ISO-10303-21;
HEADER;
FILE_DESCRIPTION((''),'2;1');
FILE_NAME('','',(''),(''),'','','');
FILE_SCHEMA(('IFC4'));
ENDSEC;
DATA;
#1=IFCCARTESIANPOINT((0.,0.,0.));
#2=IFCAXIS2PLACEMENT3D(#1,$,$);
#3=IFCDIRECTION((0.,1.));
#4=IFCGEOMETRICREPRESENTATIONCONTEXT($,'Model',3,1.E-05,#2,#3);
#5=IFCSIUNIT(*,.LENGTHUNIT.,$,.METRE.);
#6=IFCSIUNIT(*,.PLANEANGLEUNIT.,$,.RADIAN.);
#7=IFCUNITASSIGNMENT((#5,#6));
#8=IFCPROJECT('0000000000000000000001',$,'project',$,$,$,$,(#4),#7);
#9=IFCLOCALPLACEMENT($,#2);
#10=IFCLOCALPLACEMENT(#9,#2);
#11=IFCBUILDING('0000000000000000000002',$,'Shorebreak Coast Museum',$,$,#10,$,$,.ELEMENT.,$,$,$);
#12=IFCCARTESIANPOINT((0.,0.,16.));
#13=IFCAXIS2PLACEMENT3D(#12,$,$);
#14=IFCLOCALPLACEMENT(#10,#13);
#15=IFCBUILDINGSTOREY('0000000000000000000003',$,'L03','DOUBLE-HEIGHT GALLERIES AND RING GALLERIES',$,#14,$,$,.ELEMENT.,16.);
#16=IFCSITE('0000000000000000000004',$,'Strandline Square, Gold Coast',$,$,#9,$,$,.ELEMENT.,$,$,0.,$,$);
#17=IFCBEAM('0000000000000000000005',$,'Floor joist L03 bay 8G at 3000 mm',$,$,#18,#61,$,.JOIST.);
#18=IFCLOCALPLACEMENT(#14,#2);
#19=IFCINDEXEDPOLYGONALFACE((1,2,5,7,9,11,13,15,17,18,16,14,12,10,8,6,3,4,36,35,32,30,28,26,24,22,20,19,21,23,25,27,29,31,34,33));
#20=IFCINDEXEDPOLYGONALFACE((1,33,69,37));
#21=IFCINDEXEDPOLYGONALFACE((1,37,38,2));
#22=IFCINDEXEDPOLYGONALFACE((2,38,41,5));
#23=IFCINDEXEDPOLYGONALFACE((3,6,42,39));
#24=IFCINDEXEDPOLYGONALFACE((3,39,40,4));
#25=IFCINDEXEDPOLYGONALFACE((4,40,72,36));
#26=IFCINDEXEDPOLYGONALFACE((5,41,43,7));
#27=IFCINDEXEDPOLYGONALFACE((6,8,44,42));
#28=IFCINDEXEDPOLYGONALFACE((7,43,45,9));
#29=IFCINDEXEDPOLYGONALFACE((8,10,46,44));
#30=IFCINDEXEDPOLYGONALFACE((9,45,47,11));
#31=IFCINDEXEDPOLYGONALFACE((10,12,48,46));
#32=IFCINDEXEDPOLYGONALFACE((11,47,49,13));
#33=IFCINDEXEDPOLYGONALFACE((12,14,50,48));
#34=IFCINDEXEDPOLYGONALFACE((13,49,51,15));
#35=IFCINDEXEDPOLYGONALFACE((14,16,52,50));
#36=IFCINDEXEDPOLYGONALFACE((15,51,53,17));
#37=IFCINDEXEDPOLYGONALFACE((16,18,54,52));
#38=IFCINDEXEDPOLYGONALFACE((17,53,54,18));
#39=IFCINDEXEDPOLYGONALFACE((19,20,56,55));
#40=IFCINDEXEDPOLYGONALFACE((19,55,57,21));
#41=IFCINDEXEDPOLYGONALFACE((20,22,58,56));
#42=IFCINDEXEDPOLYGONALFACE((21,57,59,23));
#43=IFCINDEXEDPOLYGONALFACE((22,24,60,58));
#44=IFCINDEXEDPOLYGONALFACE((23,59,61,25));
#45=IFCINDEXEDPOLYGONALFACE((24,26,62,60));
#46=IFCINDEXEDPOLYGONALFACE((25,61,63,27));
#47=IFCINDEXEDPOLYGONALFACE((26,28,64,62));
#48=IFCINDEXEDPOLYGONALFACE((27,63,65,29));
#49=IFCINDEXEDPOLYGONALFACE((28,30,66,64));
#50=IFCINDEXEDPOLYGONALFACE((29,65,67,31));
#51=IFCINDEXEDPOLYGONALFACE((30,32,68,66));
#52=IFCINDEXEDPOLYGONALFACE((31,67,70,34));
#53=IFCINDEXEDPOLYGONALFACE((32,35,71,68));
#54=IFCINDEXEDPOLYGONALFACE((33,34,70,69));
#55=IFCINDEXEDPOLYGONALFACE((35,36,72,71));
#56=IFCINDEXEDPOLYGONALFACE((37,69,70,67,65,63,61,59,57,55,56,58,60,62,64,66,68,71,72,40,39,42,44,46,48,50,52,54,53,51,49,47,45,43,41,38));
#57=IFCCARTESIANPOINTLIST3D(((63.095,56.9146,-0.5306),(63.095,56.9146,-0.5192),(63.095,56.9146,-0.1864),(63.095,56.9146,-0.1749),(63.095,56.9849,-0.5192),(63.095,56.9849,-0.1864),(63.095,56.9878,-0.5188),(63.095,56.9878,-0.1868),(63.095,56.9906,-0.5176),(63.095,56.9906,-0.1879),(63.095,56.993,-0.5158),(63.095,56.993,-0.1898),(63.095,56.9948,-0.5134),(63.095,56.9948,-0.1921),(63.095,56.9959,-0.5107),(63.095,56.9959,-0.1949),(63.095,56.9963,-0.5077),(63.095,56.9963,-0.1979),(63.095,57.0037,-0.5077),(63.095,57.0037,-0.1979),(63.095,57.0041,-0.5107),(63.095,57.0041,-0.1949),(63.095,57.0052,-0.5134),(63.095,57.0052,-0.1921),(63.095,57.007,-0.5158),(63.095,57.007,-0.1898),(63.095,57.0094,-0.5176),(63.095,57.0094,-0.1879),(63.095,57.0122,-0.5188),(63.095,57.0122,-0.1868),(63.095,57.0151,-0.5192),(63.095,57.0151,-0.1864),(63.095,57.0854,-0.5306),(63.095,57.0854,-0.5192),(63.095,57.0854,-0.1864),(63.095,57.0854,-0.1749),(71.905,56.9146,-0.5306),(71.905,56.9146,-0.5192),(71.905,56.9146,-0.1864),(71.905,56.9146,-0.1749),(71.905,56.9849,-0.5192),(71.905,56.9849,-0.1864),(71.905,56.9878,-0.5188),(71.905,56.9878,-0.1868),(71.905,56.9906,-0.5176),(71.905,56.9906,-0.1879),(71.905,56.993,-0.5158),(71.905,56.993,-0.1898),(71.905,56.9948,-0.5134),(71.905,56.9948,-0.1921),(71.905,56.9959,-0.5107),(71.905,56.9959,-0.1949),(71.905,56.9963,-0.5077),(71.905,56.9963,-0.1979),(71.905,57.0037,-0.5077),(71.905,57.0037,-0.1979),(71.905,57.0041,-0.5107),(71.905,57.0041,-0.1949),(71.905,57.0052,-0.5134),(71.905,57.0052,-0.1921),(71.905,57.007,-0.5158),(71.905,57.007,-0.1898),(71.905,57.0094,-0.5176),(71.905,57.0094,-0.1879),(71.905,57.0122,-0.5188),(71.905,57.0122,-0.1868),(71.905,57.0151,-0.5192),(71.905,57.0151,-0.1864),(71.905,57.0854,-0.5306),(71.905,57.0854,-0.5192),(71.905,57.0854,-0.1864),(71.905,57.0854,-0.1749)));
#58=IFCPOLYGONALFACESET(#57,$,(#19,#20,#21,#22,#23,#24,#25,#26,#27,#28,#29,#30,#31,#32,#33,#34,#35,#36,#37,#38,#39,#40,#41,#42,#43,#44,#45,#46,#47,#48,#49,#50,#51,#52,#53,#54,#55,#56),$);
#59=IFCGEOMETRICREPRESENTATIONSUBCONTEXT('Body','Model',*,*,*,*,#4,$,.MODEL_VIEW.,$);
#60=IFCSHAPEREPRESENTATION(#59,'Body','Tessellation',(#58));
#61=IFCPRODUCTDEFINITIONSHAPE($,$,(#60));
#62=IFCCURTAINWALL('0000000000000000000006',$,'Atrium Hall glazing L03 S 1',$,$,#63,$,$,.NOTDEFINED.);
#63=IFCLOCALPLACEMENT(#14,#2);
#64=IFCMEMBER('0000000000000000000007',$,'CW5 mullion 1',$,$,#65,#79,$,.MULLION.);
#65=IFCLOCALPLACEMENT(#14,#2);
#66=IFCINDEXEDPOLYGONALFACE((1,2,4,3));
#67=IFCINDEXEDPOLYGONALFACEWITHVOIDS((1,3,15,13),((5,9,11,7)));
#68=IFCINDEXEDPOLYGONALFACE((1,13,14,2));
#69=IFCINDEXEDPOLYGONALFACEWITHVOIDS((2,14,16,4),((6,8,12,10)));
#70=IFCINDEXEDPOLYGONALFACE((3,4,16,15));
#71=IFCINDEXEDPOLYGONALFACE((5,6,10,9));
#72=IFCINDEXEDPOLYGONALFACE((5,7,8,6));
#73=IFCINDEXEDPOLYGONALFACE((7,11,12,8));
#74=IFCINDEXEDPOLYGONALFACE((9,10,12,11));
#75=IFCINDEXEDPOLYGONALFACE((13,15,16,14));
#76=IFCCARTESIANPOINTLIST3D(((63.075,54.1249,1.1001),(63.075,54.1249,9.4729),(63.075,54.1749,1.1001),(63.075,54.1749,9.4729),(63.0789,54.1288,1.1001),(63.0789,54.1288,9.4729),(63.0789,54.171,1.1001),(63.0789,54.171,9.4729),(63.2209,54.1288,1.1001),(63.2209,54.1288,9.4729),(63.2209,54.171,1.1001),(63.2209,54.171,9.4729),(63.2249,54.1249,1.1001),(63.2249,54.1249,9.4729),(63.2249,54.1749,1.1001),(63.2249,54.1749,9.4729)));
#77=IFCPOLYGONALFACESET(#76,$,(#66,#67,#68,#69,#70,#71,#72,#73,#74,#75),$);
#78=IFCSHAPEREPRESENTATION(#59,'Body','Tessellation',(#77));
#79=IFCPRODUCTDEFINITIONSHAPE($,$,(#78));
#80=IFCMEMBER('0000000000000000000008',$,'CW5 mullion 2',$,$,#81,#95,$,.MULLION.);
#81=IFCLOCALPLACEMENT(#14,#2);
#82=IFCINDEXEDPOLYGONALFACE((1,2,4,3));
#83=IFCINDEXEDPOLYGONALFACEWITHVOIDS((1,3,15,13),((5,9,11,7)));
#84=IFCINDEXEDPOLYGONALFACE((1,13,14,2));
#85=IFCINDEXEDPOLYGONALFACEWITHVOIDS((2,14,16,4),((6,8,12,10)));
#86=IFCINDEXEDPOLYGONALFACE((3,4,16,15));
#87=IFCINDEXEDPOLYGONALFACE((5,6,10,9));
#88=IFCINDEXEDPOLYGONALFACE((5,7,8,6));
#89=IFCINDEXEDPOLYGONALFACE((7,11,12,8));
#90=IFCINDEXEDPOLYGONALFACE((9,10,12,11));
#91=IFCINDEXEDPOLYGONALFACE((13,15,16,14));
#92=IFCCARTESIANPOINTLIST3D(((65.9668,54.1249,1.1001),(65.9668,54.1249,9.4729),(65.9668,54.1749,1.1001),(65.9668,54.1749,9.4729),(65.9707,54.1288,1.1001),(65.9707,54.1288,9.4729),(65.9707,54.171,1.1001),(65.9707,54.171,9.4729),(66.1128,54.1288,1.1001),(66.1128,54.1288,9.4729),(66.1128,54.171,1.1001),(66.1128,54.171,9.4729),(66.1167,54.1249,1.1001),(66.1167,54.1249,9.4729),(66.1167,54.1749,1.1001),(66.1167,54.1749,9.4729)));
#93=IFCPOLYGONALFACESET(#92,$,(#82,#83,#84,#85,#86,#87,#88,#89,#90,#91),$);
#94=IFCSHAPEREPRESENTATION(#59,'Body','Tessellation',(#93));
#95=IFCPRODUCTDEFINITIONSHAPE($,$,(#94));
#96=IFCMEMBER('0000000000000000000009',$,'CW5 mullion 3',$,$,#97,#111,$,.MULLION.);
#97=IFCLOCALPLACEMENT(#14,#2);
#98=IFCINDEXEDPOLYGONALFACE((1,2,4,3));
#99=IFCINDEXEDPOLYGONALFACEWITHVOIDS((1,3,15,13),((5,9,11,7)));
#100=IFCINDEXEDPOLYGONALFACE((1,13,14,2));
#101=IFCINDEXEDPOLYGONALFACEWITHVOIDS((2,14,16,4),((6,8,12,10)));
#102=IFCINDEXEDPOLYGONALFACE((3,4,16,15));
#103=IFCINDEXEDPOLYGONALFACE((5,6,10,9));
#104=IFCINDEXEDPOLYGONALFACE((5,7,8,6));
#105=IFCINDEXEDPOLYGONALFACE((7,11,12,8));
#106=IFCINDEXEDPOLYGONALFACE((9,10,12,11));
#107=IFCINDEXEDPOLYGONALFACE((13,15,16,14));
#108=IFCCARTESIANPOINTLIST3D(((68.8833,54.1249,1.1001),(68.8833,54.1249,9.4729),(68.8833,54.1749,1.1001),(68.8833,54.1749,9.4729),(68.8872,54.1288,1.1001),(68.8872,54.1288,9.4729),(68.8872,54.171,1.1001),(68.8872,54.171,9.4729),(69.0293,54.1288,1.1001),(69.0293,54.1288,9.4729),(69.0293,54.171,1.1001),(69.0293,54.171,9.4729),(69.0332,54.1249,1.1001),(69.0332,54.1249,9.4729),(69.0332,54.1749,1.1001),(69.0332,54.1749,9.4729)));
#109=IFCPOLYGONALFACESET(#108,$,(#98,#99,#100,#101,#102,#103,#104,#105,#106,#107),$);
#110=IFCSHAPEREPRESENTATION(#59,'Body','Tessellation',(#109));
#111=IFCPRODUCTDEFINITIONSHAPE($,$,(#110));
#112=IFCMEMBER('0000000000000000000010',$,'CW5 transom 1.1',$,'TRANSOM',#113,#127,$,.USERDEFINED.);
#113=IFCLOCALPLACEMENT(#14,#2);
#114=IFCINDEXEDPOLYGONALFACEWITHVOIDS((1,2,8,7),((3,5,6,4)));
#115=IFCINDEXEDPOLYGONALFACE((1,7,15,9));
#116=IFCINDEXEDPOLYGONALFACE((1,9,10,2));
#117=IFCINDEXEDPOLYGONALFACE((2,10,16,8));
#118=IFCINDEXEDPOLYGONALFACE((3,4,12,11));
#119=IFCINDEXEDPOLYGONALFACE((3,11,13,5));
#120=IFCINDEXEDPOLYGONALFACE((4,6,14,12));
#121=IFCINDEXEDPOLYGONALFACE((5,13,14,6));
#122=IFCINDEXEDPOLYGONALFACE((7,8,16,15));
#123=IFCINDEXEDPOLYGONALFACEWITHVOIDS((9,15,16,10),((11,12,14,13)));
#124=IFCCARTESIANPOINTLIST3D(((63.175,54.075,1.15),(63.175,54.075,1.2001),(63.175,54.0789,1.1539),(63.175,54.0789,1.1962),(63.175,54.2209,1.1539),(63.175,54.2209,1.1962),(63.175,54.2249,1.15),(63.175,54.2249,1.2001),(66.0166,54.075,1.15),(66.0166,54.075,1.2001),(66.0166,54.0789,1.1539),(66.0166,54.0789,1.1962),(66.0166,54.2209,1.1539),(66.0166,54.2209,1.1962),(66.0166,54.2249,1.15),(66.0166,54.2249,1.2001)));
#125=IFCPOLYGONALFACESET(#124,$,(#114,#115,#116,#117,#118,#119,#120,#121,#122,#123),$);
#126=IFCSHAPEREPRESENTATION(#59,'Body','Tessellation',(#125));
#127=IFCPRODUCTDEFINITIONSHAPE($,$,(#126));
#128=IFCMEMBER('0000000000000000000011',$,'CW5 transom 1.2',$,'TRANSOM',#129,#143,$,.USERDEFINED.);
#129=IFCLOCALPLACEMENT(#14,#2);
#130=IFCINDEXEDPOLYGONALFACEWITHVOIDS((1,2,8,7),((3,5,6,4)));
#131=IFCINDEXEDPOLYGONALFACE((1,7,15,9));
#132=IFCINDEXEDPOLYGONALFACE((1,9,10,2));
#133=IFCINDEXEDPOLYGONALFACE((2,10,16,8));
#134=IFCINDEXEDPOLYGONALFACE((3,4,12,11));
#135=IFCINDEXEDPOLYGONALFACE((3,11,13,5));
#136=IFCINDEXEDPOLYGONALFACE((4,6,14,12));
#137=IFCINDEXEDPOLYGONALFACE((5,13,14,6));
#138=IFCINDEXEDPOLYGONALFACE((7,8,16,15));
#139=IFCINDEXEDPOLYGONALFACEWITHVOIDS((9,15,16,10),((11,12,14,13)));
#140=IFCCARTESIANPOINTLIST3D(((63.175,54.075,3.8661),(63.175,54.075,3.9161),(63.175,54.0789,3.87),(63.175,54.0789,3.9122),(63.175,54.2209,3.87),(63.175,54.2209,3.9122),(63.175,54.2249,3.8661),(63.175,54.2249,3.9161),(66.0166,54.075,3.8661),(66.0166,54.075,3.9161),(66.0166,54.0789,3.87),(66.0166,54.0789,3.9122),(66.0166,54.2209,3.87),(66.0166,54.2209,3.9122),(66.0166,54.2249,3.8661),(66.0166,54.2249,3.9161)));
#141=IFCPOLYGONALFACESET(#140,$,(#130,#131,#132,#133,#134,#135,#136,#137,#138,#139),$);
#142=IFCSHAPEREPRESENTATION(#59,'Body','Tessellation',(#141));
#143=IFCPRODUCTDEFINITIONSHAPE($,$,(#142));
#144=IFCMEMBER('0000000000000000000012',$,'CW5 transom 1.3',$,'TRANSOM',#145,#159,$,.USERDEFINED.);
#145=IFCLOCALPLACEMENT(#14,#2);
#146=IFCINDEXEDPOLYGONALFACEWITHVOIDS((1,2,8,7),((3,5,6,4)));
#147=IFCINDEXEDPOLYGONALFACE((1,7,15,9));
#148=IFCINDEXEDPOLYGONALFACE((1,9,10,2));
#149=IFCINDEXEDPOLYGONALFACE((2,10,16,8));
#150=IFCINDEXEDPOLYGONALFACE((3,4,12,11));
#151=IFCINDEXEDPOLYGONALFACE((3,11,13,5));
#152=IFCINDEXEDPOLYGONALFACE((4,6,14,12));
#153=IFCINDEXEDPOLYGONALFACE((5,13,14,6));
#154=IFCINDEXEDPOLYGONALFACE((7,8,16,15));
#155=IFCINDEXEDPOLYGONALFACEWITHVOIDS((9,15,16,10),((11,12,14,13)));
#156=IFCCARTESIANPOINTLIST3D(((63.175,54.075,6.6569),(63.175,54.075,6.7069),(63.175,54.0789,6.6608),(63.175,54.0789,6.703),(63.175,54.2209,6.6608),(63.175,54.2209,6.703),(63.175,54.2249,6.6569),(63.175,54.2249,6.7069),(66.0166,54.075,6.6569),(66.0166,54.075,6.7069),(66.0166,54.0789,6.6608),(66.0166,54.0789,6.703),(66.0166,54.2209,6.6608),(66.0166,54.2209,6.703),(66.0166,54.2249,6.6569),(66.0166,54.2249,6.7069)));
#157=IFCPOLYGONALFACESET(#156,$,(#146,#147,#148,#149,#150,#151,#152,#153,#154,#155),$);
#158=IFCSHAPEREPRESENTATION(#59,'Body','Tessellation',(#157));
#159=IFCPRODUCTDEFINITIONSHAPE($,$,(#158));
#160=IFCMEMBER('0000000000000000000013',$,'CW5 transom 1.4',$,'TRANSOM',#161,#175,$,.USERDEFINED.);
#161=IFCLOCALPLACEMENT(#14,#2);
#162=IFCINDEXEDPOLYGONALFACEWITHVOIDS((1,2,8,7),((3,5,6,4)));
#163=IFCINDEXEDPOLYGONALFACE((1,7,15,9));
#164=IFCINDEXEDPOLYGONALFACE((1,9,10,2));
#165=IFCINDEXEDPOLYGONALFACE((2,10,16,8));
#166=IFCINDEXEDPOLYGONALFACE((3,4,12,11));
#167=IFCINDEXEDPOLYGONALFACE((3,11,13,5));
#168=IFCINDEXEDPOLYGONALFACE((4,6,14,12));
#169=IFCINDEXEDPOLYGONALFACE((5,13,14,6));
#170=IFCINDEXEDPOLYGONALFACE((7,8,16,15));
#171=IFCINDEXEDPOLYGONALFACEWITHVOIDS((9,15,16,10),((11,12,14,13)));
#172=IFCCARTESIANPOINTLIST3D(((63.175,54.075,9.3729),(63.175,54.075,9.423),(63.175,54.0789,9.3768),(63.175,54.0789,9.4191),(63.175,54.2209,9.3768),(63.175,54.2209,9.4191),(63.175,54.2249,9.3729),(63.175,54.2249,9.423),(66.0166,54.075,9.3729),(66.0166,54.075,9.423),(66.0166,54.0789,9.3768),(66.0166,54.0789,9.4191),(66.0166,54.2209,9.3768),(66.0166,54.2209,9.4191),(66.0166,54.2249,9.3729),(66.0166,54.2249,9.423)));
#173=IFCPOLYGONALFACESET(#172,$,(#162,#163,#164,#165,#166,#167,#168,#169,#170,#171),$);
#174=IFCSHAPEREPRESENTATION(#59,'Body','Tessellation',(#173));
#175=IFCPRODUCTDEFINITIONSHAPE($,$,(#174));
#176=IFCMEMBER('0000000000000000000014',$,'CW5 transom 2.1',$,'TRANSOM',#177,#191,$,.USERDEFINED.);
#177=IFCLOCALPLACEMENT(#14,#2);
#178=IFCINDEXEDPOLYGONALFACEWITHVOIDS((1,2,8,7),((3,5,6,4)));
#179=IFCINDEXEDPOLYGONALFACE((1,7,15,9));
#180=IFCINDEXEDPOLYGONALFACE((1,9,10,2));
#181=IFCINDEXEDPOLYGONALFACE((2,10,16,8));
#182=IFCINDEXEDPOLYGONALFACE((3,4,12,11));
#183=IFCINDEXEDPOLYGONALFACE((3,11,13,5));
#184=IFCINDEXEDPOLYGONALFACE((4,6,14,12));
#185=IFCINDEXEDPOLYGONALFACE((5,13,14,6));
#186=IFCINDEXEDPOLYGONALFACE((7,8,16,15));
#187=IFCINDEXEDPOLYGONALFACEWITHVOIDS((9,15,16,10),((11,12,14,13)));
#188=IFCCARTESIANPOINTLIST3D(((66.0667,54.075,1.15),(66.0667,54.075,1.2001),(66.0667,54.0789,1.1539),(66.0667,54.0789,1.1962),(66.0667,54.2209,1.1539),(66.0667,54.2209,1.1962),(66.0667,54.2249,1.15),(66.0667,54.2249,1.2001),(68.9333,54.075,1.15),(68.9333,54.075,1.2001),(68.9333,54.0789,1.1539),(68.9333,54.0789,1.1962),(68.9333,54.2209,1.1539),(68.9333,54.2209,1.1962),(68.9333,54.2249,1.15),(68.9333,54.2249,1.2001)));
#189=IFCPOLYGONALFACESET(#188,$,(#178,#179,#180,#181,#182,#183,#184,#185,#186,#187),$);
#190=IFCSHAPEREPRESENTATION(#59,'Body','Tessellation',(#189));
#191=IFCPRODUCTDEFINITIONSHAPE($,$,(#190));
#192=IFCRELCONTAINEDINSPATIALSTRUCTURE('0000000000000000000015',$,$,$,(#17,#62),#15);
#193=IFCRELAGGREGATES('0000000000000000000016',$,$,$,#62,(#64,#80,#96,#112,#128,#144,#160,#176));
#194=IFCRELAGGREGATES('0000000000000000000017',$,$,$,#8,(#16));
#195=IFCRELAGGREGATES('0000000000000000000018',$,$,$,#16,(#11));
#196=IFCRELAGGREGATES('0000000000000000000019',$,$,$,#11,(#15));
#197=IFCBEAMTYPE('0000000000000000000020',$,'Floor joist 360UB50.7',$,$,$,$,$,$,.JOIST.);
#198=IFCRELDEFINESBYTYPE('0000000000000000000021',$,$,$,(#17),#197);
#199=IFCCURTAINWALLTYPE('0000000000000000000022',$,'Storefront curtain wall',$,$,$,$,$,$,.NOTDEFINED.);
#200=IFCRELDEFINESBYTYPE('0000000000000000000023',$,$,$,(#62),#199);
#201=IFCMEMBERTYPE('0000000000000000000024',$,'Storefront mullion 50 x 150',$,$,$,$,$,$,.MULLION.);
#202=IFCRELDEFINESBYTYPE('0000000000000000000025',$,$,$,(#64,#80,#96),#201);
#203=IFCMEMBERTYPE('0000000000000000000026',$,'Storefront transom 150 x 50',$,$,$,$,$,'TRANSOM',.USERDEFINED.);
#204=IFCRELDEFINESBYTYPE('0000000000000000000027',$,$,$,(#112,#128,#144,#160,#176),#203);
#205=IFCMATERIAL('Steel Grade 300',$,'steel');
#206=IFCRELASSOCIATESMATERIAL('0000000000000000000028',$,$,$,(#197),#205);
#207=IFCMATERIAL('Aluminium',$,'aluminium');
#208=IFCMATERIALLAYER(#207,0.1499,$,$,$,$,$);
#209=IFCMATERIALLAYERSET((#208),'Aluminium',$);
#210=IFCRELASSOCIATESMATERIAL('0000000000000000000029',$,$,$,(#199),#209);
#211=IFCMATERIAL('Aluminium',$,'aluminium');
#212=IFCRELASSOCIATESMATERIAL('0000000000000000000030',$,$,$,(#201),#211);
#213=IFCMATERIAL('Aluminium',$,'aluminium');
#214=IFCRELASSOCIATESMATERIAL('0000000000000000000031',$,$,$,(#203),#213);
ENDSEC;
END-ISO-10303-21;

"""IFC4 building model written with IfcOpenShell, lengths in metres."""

from ifc_helpers import new_model, si_unit, direction, frame, origin, origin_2d, place, context, subcontext, project, spatial, hollow_rectangle, i_section, extrude, material, layer, layer_set, material_profile, profile_set, type_object, element, aggregate, save


model = new_model("IFC4")

# Units and contexts
model_context = context("Model", 3, precision=1e-05, world=origin(), true_north=direction((0.0, 1.0)))
body_context = subcontext(model_context, "Body", "Model", "MODEL_VIEW")
ifc_project = project(units=[si_unit("LENGTHUNIT", "METRE"), si_unit("PLANEANGLEUNIT", "RADIAN")], contexts=[model_context])

# Site, building, storey
site_placement = place(None, origin())
site = spatial("IfcSite", under=ifc_project, at=site_placement, Name="Strandline Square, Gold Coast", CompositionType="ELEMENT", RefElevation=0.0)
building_placement = place(site_placement, origin())
building = spatial("IfcBuilding", under=site, at=building_placement, Name="Shorebreak Coast Museum", CompositionType="ELEMENT")
storey_placement = place(building_placement, frame((0.0, 0.0, 16.0)))
storey = spatial("IfcBuildingStorey", under=building, at=storey_placement, Name="L03", Description="DOUBLE-HEIGHT GALLERIES AND RING GALLERIES", CompositionType="ELEMENT", Elevation=16.0)

# Beam
ifc_material_1 = material(Name="Steel Grade 300", Category="steel")
ifc_material_profile_1 = material_profile(ifc_material_1, i_section(OverallWidth=0.1709, OverallDepth=0.3557, WebThickness=0.0073, FlangeThickness=0.0115, FilletRadius=0.0115, at=origin_2d()), Name="360UB50.7")
ifc_profile_set_1 = profile_set([ifc_material_profile_1], Name="Steel Grade 300")
beam_type_1 = type_object("IfcBeamType", Name="Floor joist 360UB50.7", PredefinedType="JOIST", material=ifc_profile_set_1)
beam_1_placement = place(storey_placement, frame((63.095, 57.0, -0.3528), z_axis=(1.0, 0.0, 0.0), x_axis=(0.0, 1.0, 0.0)))
element("IfcBeam", 1, at=beam_1_placement, inside=storey, type_object=beam_type_1, Name="Floor joist L03 bay 8G at 3000 mm", PredefinedType="JOIST", context=body_context, shape_type="SweptSolid", body=[
    extrude(i_section(OverallWidth=0.1709, OverallDepth=0.3557, WebThickness=0.0073, FlangeThickness=0.0115, FilletRadius=0.0115, at=origin_2d()), origin(), (0.0, 0.0, 1.0), 8.8101),
])

# Curtain wall, members
ifc_material_2 = material(Name="Aluminium", Category="aluminium")
ifc_layer_1 = layer(ifc_material_2, 0.1499)
ifc_layer_set_1 = layer_set([ifc_layer_1], Name="Aluminium")
curtain_wall_type = type_object("IfcCurtainWallType", Name="Storefront curtain wall", PredefinedType="NOTDEFINED", material=ifc_layer_set_1)
curtain_wall_placement = place(storey_placement, origin())
curtain_wall = element("IfcCurtainWall", 2, at=curtain_wall_placement, inside=storey, type_object=curtain_wall_type, Name="Atrium Hall glazing L03 S 1", PredefinedType="NOTDEFINED")
ifc_material_3 = material(Name="Aluminium", Category="aluminium")
ifc_material_profile_2 = material_profile(ifc_material_3, hollow_rectangle(XDim=0.05, YDim=0.1499, WallThickness=0.0039, at=origin_2d()), Name="AL 150x50 RHS")
ifc_profile_set_2 = profile_set([ifc_material_profile_2], Name="Aluminium")
member_type_1 = type_object("IfcMemberType", Name="Storefront mullion 50 x 150", PredefinedType="MULLION", material=ifc_profile_set_2)
member_1_placement = place(storey_placement, frame((63.1499, 54.1499, 1.1001), z_axis=(0.0, 0.0, 1.0), x_axis=(0.0, 1.0, 0.0)))
member_1 = element("IfcMember", 3, at=member_1_placement, type_object=member_type_1, Name="CW5 mullion 1", PredefinedType="MULLION", context=body_context, shape_type="SweptSolid", body=[
    extrude(hollow_rectangle(XDim=0.05, YDim=0.1499, WallThickness=0.0039, at=origin_2d()), origin(), (0.0, 0.0, 1.0), 8.3728),
])
member_2_placement = place(storey_placement, frame((66.0417, 54.1499, 1.1001), z_axis=(0.0, 0.0, 1.0), x_axis=(0.0, 1.0, 0.0)))
member_2 = element("IfcMember", 4, at=member_2_placement, type_object=member_type_1, Name="CW5 mullion 2", PredefinedType="MULLION", context=body_context, shape_type="SweptSolid", body=[
    extrude(hollow_rectangle(XDim=0.05, YDim=0.1499, WallThickness=0.0039, at=origin_2d()), origin(), (0.0, 0.0, 1.0), 8.3728),
])
member_3_placement = place(storey_placement, frame((68.9583, 54.1499, 1.1001), z_axis=(0.0, 0.0, 1.0), x_axis=(0.0, 1.0, 0.0)))
member_3 = element("IfcMember", 5, at=member_3_placement, type_object=member_type_1, Name="CW5 mullion 3", PredefinedType="MULLION", context=body_context, shape_type="SweptSolid", body=[
    extrude(hollow_rectangle(XDim=0.05, YDim=0.1499, WallThickness=0.0039, at=origin_2d()), origin(), (0.0, 0.0, 1.0), 8.3728),
])
ifc_material_4 = material(Name="Aluminium", Category="aluminium")
ifc_material_profile_3 = material_profile(ifc_material_4, hollow_rectangle(XDim=0.1499, YDim=0.05, WallThickness=0.0039, at=origin_2d()), Name="AL 50x150 RHS")
ifc_profile_set_3 = profile_set([ifc_material_profile_3], Name="Aluminium")
member_type_2 = type_object("IfcMemberType", Name="Storefront transom 150 x 50", ElementType="TRANSOM", PredefinedType="USERDEFINED", material=ifc_profile_set_3)
member_4_placement = place(storey_placement, frame((63.175, 54.1499, 1.175), z_axis=(1.0, 0.0, 0.0), x_axis=(0.0, 1.0, 0.0)))
member_4 = element("IfcMember", 6, at=member_4_placement, type_object=member_type_2, Name="CW5 transom 1.1", ObjectType="TRANSOM", PredefinedType="USERDEFINED", context=body_context, shape_type="SweptSolid", body=[
    extrude(hollow_rectangle(XDim=0.1499, YDim=0.05, WallThickness=0.0039, at=origin_2d()), origin(), (0.0, 0.0, 1.0), 2.8416),
])
member_5_placement = place(storey_placement, frame((63.175, 54.1499, 3.8911), z_axis=(1.0, 0.0, 0.0), x_axis=(0.0, 1.0, 0.0)))
member_5 = element("IfcMember", 7, at=member_5_placement, type_object=member_type_2, Name="CW5 transom 1.2", ObjectType="TRANSOM", PredefinedType="USERDEFINED", context=body_context, shape_type="SweptSolid", body=[
    extrude(hollow_rectangle(XDim=0.1499, YDim=0.05, WallThickness=0.0039, at=origin_2d()), origin(), (0.0, 0.0, 1.0), 2.8416),
])
member_6_placement = place(storey_placement, frame((63.175, 54.1499, 6.6819), z_axis=(1.0, 0.0, 0.0), x_axis=(0.0, 1.0, 0.0)))
member_6 = element("IfcMember", 8, at=member_6_placement, type_object=member_type_2, Name="CW5 transom 1.3", ObjectType="TRANSOM", PredefinedType="USERDEFINED", context=body_context, shape_type="SweptSolid", body=[
    extrude(hollow_rectangle(XDim=0.1499, YDim=0.05, WallThickness=0.0039, at=origin_2d()), origin(), (0.0, 0.0, 1.0), 2.8416),
])
member_7_placement = place(storey_placement, frame((63.175, 54.1499, 9.3979), z_axis=(1.0, 0.0, 0.0), x_axis=(0.0, 1.0, 0.0)))
member_7 = element("IfcMember", 9, at=member_7_placement, type_object=member_type_2, Name="CW5 transom 1.4", ObjectType="TRANSOM", PredefinedType="USERDEFINED", context=body_context, shape_type="SweptSolid", body=[
    extrude(hollow_rectangle(XDim=0.1499, YDim=0.05, WallThickness=0.0039, at=origin_2d()), origin(), (0.0, 0.0, 1.0), 2.8416),
])
member_8_placement = place(storey_placement, frame((66.0667, 54.1499, 1.175), z_axis=(1.0, 0.0, 0.0), x_axis=(0.0, 1.0, 0.0)))
member_8 = element("IfcMember", 10, at=member_8_placement, type_object=member_type_2, Name="CW5 transom 2.1", ObjectType="TRANSOM", PredefinedType="USERDEFINED", context=body_context, shape_type="SweptSolid", body=[
    extrude(hollow_rectangle(XDim=0.1499, YDim=0.05, WallThickness=0.0039, at=origin_2d()), origin(), (0.0, 0.0, 1.0), 2.8667),
])
aggregate(curtain_wall, [member_1, member_2, member_3, member_4, member_5, member_6, member_7, member_8])

save(model, "model.ifc")
